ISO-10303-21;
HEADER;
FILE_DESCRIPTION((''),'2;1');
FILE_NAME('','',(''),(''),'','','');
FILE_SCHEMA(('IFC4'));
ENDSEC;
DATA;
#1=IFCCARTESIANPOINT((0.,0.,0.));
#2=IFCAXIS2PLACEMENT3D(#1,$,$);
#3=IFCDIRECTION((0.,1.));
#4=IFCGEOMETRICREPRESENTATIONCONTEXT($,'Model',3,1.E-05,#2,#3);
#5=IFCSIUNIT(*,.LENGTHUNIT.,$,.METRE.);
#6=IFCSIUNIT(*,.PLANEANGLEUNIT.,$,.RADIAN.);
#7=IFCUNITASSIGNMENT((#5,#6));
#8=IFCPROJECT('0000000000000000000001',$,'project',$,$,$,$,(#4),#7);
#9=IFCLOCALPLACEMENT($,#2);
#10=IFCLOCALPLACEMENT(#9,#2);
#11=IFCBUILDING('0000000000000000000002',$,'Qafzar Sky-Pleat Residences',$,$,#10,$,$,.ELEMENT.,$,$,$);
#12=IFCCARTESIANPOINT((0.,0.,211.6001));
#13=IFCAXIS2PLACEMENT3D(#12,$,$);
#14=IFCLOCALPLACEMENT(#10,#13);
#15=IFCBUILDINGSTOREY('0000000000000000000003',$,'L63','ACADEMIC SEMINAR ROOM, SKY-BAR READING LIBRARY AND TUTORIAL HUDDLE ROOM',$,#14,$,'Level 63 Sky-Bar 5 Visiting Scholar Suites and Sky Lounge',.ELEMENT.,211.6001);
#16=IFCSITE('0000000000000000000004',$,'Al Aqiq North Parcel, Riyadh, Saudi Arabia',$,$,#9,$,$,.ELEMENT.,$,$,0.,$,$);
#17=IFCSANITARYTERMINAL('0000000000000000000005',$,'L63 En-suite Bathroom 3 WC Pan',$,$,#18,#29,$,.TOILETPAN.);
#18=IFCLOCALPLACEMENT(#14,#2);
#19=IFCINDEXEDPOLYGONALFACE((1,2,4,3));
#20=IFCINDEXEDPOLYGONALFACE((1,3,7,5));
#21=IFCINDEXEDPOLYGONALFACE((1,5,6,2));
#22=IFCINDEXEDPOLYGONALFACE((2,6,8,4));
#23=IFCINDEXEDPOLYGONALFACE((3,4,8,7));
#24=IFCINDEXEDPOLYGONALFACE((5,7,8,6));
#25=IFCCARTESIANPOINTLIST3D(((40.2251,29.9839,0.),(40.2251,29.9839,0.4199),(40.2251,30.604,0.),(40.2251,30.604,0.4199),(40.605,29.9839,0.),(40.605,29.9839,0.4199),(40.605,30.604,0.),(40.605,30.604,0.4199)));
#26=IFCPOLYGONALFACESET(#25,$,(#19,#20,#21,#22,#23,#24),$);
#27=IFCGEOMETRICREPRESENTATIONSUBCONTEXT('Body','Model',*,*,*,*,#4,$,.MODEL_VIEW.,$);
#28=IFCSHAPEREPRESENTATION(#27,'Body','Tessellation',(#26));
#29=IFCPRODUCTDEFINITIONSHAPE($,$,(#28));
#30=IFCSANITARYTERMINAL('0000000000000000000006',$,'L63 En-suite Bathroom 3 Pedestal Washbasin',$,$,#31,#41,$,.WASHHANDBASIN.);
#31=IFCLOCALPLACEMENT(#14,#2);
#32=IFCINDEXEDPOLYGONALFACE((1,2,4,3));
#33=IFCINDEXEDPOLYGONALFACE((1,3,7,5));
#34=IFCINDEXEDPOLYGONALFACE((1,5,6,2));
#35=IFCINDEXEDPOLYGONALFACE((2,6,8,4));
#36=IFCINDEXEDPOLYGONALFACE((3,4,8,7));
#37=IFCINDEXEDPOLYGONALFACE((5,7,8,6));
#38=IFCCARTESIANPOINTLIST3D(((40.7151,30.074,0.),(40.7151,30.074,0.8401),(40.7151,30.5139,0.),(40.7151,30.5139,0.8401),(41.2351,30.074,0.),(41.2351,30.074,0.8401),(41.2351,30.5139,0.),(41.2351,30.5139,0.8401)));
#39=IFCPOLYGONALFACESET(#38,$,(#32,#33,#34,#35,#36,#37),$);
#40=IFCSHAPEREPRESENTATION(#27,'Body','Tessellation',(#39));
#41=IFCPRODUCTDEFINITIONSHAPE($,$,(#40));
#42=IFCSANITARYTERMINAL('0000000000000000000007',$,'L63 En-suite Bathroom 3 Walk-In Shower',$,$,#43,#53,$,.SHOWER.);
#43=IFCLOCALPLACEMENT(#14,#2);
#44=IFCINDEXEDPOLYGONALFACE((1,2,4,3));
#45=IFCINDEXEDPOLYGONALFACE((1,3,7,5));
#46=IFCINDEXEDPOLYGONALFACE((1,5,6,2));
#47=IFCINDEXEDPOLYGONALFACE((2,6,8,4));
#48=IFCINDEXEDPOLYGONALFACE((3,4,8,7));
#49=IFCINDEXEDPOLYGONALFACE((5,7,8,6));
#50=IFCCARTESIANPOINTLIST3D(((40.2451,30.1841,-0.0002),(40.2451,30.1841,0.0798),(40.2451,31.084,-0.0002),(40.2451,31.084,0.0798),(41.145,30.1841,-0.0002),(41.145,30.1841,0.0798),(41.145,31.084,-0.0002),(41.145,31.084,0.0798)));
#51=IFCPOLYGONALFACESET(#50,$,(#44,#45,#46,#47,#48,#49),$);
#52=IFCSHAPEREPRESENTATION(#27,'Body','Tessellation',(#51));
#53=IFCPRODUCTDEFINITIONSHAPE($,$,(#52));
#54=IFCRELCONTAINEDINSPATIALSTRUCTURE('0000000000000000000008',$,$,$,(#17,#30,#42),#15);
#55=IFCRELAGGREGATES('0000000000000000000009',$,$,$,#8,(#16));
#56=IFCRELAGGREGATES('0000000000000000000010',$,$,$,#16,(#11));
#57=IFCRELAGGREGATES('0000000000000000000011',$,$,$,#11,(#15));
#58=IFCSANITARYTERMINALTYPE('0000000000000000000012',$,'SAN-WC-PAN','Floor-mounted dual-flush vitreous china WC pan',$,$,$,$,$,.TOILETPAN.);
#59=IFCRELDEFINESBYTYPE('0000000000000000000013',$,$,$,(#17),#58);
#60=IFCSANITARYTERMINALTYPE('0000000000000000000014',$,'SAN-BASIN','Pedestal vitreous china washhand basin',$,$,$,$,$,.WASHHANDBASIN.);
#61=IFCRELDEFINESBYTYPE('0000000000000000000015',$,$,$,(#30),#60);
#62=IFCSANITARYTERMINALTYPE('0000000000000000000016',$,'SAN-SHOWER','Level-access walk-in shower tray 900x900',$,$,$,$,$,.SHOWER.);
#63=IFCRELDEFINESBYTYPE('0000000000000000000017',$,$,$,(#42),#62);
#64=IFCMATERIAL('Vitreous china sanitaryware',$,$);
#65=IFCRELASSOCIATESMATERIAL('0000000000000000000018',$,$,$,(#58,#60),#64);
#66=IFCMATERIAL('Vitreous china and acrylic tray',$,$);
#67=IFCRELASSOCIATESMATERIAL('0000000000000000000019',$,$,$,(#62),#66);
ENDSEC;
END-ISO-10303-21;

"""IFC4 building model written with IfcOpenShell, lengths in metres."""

from ifc_helpers import new_model, si_unit, direction, frame, origin, origin_2d, place, context, subcontext, project, spatial, rectangle, extrude, source, transform, mapped, material, type_object, element, save


model = new_model("IFC4")

# Units and contexts
model_context = context("Model", 3, precision=1e-05, world=origin(), true_north=direction((0.0, 1.0)))
body_context = subcontext(model_context, "Body", "Model", "MODEL_VIEW")
ifc_project = project(units=[si_unit("LENGTHUNIT", "METRE"), si_unit("PLANEANGLEUNIT", "RADIAN")], contexts=[model_context])

# Site, building, storey
site_placement = place(None, origin())
site = spatial("IfcSite", under=ifc_project, at=site_placement, Name="Al Aqiq North Parcel, Riyadh, Saudi Arabia", CompositionType="ELEMENT", RefElevation=0.0)
building_placement = place(site_placement, origin())
building = spatial("IfcBuilding", under=site, at=building_placement, Name="Qafzar Sky-Pleat Residences", CompositionType="ELEMENT")
storey_placement = place(building_placement, frame((0.0, 0.0, 211.6001)))
storey = spatial("IfcBuildingStorey", under=building, at=storey_placement, Name="L63", Description="ACADEMIC SEMINAR ROOM, SKY-BAR READING LIBRARY AND TUTORIAL HUDDLE ROOM", LongName="Level 63 Sky-Bar 5 Visiting Scholar Suites and Sky Lounge", CompositionType="ELEMENT", Elevation=211.6001)

# Sanitary terminals
ifc_material_1 = material(Name="Vitreous china sanitaryware")
sanitary_terminal_type_1 = type_object("IfcSanitaryTerminalType", Name="SAN-WC-PAN", Description="Floor-mounted dual-flush vitreous china WC pan", PredefinedType="TOILETPAN", material=ifc_material_1)
shared_shape_1 = source(origin(), body_context, "Body", "SweptSolid", [
    extrude(rectangle(XDim=0.3799, YDim=0.6201, at=origin_2d()), origin(), (0.0, 0.0, 1.0), 0.4199),
])
sanitary_terminal_1_placement = place(storey_placement, frame((40.415, 30.2939, 0.0), z_axis=(0.0, 0.0, 1.0), x_axis=(1.0, 0.0, 0.0)))
element("IfcSanitaryTerminal", 1, at=sanitary_terminal_1_placement, inside=storey, type_object=sanitary_terminal_type_1, Name="L63 En-suite Bathroom 3 WC Pan", PredefinedType="TOILETPAN", context=body_context, shape_type="MappedRepresentation", body=[
    mapped(shared_shape_1, transform((0.0, 0.0, 0.0), x_axis=(1.0, 0.0, 0.0), y_axis=(0.0, 1.0, 0.0), z_axis=(0.0, 0.0, 1.0), scale=1.0)),
])
sanitary_terminal_type_2 = type_object("IfcSanitaryTerminalType", Name="SAN-BASIN", Description="Pedestal vitreous china washhand basin", PredefinedType="WASHHANDBASIN", material=ifc_material_1)
shared_shape_2 = source(origin(), body_context, "Body", "SweptSolid", [
    extrude(rectangle(XDim=0.52, YDim=0.4399, at=origin_2d()), origin(), (0.0, 0.0, 1.0), 0.8401),
])
sanitary_terminal_2_placement = place(storey_placement, frame((40.9751, 30.2939, 0.0), z_axis=(0.0, 0.0, 1.0), x_axis=(1.0, 0.0, 0.0)))
element("IfcSanitaryTerminal", 2, at=sanitary_terminal_2_placement, inside=storey, type_object=sanitary_terminal_type_2, Name="L63 En-suite Bathroom 3 Pedestal Washbasin", PredefinedType="WASHHANDBASIN", context=body_context, shape_type="MappedRepresentation", body=[
    mapped(shared_shape_2, transform((0.0, 0.0, 0.0), x_axis=(1.0, 0.0, 0.0), y_axis=(0.0, 1.0, 0.0), z_axis=(0.0, 0.0, 1.0), scale=1.0)),
])
ifc_material_2 = material(Name="Vitreous china and acrylic tray")
sanitary_terminal_type_3 = type_object("IfcSanitaryTerminalType", Name="SAN-SHOWER", Description="Level-access walk-in shower tray 900x900", PredefinedType="SHOWER", material=ifc_material_2)
shared_shape_3 = source(origin(), body_context, "Body", "SweptSolid", [
    extrude(rectangle(XDim=0.8999, YDim=0.8999, at=origin_2d()), origin(), (0.0, 0.0, 1.0), 0.0801),
])
sanitary_terminal_3_placement = place(storey_placement, frame((40.6951, 30.634, -0.0002), z_axis=(0.0, 0.0, 1.0), x_axis=(1.0, 0.0, 0.0)))
element("IfcSanitaryTerminal", 3, at=sanitary_terminal_3_placement, inside=storey, type_object=sanitary_terminal_type_3, Name="L63 En-suite Bathroom 3 Walk-In Shower", PredefinedType="SHOWER", context=body_context, shape_type="MappedRepresentation", body=[
    mapped(shared_shape_3, transform((0.0, 0.0, 0.0), x_axis=(1.0, 0.0, 0.0), y_axis=(0.0, 1.0, 0.0), z_axis=(0.0, 0.0, 1.0), scale=1.0)),
])

save(model, "model.ifc")
